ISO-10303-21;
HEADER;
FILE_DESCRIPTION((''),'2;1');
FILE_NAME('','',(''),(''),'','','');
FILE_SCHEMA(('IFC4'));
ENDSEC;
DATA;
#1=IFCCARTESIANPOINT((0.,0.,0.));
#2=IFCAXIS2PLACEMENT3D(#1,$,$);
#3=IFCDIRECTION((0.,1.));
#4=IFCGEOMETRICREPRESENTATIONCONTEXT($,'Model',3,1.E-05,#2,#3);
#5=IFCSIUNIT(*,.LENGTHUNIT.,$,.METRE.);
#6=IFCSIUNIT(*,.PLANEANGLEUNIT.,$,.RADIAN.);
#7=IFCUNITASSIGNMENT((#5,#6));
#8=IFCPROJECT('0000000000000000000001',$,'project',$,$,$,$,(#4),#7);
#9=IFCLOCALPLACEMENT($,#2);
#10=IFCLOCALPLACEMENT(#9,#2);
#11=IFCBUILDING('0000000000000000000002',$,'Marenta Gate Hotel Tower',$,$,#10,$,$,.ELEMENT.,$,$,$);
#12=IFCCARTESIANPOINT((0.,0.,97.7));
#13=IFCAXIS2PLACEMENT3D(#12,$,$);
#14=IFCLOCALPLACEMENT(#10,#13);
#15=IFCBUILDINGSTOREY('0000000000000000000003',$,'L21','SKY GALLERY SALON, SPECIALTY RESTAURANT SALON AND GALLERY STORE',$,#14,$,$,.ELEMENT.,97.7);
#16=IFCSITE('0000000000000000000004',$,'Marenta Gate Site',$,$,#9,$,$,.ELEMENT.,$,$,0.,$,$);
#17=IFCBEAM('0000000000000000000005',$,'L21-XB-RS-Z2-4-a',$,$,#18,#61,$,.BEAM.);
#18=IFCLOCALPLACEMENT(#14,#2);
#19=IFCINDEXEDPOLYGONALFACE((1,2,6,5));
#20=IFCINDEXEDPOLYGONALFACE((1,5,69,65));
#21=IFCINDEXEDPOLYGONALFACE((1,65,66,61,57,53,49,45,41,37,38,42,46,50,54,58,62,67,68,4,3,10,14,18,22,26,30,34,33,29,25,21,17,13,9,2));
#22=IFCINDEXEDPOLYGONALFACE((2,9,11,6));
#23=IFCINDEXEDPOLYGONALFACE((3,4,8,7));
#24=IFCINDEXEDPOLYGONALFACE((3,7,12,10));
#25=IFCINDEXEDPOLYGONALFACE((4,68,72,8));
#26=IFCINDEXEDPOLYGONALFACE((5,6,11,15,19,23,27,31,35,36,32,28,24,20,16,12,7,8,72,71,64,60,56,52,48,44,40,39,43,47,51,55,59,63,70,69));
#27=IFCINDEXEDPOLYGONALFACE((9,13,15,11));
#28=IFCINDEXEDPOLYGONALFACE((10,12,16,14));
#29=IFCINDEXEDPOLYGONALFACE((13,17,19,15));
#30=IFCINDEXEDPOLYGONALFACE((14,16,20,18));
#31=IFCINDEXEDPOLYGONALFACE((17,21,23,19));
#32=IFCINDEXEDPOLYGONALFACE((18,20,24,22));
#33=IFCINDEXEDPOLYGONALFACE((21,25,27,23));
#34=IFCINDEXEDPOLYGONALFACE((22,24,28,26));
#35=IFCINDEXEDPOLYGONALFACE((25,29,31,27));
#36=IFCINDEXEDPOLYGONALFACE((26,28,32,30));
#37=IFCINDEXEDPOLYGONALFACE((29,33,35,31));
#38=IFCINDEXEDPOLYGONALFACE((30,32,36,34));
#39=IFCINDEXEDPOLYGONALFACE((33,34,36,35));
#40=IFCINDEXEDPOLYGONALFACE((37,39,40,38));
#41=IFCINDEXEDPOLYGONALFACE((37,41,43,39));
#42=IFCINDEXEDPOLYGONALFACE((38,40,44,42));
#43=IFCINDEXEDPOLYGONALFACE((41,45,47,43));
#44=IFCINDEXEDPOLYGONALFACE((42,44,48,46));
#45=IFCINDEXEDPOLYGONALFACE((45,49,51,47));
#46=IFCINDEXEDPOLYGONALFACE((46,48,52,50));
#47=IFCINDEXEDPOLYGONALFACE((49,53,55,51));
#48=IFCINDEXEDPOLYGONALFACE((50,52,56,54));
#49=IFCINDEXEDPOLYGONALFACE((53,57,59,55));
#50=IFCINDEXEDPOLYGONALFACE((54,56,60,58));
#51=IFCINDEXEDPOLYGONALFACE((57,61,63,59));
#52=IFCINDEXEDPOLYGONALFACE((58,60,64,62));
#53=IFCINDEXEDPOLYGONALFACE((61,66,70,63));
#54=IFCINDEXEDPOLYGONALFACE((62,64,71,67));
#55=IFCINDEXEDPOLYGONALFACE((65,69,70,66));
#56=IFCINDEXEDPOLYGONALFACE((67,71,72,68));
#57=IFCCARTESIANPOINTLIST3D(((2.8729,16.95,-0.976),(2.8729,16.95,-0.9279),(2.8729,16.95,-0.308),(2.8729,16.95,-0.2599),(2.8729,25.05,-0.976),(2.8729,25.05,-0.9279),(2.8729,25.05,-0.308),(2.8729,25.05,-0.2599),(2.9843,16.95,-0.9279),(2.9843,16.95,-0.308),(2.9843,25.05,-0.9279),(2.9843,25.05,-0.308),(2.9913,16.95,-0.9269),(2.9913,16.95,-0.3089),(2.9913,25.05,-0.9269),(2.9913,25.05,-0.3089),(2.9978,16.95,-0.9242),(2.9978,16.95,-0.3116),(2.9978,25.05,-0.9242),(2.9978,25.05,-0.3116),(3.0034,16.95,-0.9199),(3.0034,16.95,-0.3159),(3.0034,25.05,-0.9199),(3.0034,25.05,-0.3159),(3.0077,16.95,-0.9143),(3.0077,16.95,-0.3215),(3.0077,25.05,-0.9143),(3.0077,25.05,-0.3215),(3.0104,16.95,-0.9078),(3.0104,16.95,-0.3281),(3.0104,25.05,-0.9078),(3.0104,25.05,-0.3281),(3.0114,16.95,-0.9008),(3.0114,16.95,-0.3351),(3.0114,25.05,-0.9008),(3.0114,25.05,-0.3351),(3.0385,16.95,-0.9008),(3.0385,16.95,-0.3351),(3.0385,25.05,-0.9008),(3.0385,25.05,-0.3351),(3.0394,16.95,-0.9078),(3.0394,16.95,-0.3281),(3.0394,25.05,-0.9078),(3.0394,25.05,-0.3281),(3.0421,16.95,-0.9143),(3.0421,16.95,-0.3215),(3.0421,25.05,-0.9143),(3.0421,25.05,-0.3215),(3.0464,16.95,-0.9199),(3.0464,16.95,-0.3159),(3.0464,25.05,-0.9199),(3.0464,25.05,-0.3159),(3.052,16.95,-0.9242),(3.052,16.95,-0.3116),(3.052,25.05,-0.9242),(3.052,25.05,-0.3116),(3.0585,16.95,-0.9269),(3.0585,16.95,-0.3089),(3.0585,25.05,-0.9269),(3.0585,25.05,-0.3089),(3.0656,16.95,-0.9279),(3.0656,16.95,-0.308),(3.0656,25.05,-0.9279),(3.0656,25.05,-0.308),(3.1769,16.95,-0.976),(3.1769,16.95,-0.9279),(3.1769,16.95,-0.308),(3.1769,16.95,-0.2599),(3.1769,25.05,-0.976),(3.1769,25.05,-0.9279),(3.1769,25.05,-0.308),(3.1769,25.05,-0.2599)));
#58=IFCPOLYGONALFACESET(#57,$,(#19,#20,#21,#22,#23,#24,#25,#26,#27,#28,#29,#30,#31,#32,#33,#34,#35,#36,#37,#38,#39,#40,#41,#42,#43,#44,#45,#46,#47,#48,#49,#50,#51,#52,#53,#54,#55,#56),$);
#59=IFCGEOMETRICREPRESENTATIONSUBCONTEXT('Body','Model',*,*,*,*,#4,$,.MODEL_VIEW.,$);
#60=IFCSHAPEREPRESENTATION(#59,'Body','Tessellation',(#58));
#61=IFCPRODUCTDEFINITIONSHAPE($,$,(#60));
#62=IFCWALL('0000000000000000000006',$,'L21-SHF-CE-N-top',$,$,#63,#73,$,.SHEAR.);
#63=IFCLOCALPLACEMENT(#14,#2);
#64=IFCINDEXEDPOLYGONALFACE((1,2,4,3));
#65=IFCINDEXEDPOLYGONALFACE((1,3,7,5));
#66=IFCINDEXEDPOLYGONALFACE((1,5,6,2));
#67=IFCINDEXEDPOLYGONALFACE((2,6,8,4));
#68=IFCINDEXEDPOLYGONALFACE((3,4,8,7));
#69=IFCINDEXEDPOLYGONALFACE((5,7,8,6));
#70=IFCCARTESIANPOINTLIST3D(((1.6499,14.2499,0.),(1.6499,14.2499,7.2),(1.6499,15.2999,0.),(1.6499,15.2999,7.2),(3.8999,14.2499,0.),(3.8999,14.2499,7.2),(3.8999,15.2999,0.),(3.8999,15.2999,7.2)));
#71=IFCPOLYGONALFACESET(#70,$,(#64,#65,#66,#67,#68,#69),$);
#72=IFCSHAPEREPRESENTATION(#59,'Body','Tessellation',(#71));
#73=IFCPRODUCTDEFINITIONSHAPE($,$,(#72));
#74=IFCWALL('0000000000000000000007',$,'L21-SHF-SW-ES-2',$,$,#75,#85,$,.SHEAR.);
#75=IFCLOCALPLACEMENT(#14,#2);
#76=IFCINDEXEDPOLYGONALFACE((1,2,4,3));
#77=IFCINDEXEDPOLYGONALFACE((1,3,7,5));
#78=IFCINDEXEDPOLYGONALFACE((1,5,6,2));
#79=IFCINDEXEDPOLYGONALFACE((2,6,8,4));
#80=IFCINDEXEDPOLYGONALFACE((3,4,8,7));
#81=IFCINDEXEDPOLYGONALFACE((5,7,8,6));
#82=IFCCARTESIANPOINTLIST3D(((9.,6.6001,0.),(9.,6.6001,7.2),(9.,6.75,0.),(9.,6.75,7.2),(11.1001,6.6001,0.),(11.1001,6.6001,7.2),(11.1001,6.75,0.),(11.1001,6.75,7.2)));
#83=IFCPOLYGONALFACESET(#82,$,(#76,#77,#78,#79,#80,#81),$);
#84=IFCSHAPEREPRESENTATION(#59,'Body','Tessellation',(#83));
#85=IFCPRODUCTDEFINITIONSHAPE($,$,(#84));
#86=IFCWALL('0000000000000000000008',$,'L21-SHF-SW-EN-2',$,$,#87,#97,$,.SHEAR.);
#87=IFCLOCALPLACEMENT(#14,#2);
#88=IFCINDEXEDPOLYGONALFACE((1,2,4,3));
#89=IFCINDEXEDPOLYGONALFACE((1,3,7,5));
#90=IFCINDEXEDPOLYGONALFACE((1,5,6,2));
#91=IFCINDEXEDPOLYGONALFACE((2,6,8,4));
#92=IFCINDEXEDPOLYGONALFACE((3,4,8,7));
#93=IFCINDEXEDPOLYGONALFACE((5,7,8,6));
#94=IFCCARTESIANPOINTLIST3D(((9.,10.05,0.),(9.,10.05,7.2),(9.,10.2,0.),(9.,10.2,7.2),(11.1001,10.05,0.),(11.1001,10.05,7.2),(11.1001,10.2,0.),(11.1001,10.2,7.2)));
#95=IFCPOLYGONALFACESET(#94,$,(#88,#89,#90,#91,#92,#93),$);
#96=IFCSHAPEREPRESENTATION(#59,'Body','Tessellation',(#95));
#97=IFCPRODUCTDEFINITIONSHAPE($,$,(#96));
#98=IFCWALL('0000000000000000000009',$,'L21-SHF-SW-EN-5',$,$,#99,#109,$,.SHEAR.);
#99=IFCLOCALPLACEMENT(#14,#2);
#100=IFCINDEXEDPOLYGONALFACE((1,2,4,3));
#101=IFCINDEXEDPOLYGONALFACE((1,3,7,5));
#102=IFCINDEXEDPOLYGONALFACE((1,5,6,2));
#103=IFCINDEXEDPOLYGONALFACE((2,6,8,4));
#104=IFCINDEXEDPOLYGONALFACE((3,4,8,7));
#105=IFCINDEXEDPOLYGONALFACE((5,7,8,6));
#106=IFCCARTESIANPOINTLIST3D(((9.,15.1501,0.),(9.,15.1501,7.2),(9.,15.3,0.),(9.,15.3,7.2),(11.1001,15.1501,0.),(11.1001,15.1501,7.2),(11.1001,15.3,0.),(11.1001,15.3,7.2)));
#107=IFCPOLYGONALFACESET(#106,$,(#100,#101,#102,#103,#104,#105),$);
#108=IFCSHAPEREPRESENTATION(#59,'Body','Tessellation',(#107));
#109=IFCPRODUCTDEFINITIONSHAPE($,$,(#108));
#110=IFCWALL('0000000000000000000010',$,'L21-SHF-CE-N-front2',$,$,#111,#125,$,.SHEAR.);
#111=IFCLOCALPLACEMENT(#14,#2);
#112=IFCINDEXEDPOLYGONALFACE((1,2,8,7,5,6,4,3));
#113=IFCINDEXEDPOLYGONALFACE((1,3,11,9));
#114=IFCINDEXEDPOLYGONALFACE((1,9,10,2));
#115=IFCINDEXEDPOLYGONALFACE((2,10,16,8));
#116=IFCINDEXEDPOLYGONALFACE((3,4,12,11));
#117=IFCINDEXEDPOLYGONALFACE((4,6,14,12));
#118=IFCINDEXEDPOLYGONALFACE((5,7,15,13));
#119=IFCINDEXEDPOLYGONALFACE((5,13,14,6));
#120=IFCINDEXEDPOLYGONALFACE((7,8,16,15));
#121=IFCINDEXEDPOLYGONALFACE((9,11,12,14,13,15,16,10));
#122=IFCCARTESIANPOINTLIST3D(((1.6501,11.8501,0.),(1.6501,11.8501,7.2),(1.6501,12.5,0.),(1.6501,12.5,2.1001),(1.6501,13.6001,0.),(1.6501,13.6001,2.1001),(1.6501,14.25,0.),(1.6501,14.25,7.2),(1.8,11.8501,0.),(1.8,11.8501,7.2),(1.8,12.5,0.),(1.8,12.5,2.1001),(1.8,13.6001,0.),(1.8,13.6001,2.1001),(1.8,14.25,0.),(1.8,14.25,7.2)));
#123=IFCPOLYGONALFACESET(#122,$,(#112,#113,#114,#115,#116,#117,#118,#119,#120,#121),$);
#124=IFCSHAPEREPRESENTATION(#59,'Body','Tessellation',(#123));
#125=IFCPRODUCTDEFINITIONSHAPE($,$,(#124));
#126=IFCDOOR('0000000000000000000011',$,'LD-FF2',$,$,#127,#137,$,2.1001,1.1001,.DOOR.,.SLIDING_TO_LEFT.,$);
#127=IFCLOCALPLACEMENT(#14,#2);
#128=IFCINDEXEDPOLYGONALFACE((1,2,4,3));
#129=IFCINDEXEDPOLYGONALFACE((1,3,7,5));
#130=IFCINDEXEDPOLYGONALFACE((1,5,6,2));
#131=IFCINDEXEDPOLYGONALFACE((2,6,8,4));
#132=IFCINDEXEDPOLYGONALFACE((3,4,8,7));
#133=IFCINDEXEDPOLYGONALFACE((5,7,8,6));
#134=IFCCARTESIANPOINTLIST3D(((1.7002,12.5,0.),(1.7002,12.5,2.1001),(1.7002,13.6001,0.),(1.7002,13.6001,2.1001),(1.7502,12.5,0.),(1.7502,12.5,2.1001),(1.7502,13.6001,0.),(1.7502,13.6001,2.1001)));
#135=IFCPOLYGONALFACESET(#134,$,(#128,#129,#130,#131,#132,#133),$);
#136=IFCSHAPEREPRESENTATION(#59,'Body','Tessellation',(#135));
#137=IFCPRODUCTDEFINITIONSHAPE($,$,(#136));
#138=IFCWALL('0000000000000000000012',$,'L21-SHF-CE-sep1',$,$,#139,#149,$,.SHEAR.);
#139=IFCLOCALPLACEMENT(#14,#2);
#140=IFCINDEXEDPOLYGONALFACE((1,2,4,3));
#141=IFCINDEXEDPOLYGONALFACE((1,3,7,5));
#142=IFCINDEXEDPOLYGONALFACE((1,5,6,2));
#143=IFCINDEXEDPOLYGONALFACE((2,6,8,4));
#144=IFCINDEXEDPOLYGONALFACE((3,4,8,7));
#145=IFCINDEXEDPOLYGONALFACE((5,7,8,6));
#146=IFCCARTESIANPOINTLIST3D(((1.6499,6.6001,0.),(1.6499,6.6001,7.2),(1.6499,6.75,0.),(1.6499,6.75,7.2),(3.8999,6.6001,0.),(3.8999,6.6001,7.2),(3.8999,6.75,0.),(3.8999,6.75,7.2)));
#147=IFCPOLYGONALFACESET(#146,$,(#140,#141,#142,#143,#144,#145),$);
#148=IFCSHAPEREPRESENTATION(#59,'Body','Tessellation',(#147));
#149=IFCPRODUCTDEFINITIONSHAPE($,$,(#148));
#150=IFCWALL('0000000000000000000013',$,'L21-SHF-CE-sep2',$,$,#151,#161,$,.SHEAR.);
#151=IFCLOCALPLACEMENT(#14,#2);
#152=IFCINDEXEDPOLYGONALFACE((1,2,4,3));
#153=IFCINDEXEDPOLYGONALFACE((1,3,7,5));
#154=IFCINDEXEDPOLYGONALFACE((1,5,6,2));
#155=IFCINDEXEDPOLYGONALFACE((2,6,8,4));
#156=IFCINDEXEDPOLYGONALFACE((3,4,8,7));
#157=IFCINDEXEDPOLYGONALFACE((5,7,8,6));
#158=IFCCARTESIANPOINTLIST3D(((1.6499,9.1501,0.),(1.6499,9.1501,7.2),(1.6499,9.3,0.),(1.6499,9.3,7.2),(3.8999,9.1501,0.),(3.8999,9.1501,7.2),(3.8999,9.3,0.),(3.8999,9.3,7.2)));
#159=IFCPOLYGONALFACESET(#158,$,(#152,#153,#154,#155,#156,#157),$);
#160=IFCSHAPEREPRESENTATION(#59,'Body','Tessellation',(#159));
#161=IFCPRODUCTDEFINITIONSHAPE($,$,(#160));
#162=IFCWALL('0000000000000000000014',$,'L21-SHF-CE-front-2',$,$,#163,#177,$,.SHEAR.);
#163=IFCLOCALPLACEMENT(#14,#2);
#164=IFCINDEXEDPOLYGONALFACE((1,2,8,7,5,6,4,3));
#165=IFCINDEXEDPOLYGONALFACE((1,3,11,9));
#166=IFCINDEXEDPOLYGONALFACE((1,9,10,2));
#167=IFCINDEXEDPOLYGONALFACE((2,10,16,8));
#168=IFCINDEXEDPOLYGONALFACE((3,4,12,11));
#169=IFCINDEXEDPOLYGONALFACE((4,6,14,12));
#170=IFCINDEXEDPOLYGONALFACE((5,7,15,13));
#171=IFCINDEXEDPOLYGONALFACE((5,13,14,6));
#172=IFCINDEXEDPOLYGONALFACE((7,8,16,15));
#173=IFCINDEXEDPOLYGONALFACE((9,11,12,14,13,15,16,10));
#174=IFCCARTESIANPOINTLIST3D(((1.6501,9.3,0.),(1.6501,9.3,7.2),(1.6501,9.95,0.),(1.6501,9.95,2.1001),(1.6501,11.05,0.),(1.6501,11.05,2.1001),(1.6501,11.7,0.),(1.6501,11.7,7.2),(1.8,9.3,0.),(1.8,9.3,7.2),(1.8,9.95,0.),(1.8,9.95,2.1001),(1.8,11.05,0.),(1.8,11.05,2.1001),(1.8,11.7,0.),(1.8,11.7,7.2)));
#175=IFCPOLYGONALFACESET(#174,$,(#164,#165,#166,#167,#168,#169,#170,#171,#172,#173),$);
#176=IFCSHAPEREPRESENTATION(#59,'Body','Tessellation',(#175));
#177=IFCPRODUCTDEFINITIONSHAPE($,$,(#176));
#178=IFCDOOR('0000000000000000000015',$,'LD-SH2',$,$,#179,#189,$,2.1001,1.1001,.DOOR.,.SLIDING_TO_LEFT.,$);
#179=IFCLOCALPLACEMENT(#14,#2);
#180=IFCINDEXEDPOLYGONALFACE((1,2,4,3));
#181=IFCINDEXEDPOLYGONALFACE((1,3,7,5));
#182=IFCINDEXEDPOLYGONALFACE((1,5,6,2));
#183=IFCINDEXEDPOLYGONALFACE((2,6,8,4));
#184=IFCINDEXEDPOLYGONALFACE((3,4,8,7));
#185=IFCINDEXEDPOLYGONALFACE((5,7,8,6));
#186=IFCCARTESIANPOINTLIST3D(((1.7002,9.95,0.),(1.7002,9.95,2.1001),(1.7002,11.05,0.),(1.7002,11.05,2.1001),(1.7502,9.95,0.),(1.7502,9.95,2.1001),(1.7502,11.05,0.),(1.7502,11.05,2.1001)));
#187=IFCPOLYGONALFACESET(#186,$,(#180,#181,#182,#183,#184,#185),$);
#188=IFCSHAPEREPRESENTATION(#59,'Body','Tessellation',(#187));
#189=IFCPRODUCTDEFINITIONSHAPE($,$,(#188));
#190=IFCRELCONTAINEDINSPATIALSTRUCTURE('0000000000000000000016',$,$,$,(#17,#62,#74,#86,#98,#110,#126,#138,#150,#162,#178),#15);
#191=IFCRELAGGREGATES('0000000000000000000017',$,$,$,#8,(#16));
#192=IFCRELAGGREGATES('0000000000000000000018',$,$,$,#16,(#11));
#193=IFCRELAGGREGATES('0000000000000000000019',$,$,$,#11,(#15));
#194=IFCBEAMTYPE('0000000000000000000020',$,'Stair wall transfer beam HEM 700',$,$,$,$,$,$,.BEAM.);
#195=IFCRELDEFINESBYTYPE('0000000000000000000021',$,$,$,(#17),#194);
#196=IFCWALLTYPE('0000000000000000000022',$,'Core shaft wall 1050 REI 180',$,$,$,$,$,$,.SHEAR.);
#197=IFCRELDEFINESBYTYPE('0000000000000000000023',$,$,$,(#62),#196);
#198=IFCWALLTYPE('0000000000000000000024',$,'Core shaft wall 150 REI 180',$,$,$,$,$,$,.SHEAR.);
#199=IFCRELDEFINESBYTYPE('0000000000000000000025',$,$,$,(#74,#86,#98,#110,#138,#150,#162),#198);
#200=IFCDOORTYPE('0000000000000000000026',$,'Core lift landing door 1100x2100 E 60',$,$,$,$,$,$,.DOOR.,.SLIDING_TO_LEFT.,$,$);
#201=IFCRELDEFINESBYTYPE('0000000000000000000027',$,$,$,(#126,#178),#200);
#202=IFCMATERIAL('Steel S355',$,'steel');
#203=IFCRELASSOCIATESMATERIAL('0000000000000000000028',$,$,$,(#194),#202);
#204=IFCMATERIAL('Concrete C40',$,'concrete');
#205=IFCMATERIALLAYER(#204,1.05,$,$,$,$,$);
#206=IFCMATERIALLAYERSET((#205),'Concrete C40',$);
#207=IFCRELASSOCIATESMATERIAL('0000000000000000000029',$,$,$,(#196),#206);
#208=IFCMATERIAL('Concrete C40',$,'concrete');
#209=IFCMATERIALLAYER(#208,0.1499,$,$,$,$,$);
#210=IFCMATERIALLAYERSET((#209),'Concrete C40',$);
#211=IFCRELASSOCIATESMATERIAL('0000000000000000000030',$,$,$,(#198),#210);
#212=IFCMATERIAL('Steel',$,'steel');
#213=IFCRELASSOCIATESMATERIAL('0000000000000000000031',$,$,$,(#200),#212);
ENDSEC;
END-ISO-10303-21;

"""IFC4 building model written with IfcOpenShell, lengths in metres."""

from ifc_helpers import new_model, si_unit, direction, frame, frame_2d, origin, origin_2d, place, context, subcontext, project, spatial, rectangle, i_section, extrude, material, layer, layer_set, material_profile, profile_set, type_object, element, fill, save


model = new_model("IFC4")

# Units and contexts
model_context = context("Model", 3, precision=1e-05, world=origin(), true_north=direction((0.0, 1.0)))
body_context = subcontext(model_context, "Body", "Model", "MODEL_VIEW")
ifc_project = project(units=[si_unit("LENGTHUNIT", "METRE"), si_unit("PLANEANGLEUNIT", "RADIAN")], contexts=[model_context])

# Site, building, storey
site_placement = place(None, origin())
site = spatial("IfcSite", under=ifc_project, at=site_placement, Name="Marenta Gate Site", CompositionType="ELEMENT", RefElevation=0.0)
building_placement = place(site_placement, origin())
building = spatial("IfcBuilding", under=site, at=building_placement, Name="Marenta Gate Hotel Tower", CompositionType="ELEMENT")
storey_placement = place(building_placement, frame((0.0, 0.0, 97.7)))
storey = spatial("IfcBuildingStorey", under=building, at=storey_placement, Name="L21", Description="SKY GALLERY SALON, SPECIALTY RESTAURANT SALON AND GALLERY STORE", CompositionType="ELEMENT", Elevation=97.7)

# Beam
ifc_material_1 = material(Name="Steel S355", Category="steel")
ifc_material_profile = material_profile(ifc_material_1, i_section(OverallWidth=0.304, OverallDepth=0.7161, WebThickness=0.0271, FlangeThickness=0.0481, FilletRadius=0.0271, at=origin_2d()), Name="HEM 700")
ifc_profile_set = profile_set([ifc_material_profile], Name="Steel S355")
beam_type = type_object("IfcBeamType", Name="Stair wall transfer beam HEM 700", PredefinedType="BEAM", material=ifc_profile_set)
beam_placement = place(storey_placement, frame((3.0249, 16.95, -0.6179), z_axis=(0.0, 1.0, 0.0), x_axis=(-1.0, 0.0, 0.0)))
element("IfcBeam", 1, at=beam_placement, inside=storey, type_object=beam_type, Name="L21-XB-RS-Z2-4-a", PredefinedType="BEAM", context=body_context, shape_type="SweptSolid", body=[
    extrude(i_section(OverallWidth=0.304, OverallDepth=0.7161, WebThickness=0.0271, FlangeThickness=0.0481, FilletRadius=0.0271, at=origin_2d()), origin(), (0.0, 0.0, 1.0), 8.1001),
])

# Walls
ifc_material_2 = material(Name="Concrete C40", Category="concrete")
ifc_layer_1 = layer(ifc_material_2, 1.05)
ifc_layer_set_1 = layer_set([ifc_layer_1], Name="Concrete C40")
wall_type_1 = type_object("IfcWallType", Name="Core shaft wall 1050 REI 180", PredefinedType="SHEAR", material=ifc_layer_set_1)
wall_1_placement = place(storey_placement, frame((1.6499, 14.7749, 0.0), z_axis=(0.0, 0.0, 1.0), x_axis=(1.0, 0.0, 0.0)))
element("IfcWall", 2, at=wall_1_placement, inside=storey, type_object=wall_type_1, Name="L21-SHF-CE-N-top", PredefinedType="SHEAR", context=body_context, shape_type="SweptSolid", body=[
    extrude(rectangle(XDim=2.25, YDim=1.05, at=frame_2d((1.125, 0.0))), origin(), (0.0, 0.0, 1.0), 7.2),
])
ifc_material_3 = material(Name="Concrete C40", Category="concrete")
ifc_layer_2 = layer(ifc_material_3, 0.1499)
ifc_layer_set_2 = layer_set([ifc_layer_2], Name="Concrete C40")
wall_type_2 = type_object("IfcWallType", Name="Core shaft wall 150 REI 180", PredefinedType="SHEAR", material=ifc_layer_set_2)
for number, where, z_axis, x_axis, name in (
    (3, (9.0, 6.675, 0.0), (0.0, 0.0, 1.0), (1.0, 0.0, 0.0), "L21-SHF-SW-ES-2"),
    (4, (9.0, 10.125, 0.0), (0.0, 0.0, 1.0), (1.0, 0.0, 0.0), "L21-SHF-SW-EN-2"),
    (5, (9.0, 15.2251, 0.0), (0.0, 0.0, 1.0), (1.0, 0.0, 0.0), "L21-SHF-SW-EN-5"),
):
    element("IfcWall", number, at=place(storey_placement, frame(where, z_axis=z_axis, x_axis=x_axis)), inside=storey, type_object=wall_type_2, Name=name, PredefinedType="SHEAR", context=body_context, shape_type="SweptSolid", body=[
        extrude(rectangle(XDim=2.1001, YDim=0.1499, at=frame_2d((1.05, 0.0))), origin(), (0.0, 0.0, 1.0), 7.2),
    ])

# Wall, opening, door
wall_2_placement = place(storey_placement, frame((1.7251, 11.8501, 0.0), z_axis=(0.0, 0.0, 1.0), x_axis=(0.0, 1.0, 0.0)))
wall_2 = element("IfcWall", 6, at=wall_2_placement, inside=storey, type_object=wall_type_2, Name="L21-SHF-CE-N-front2", PredefinedType="SHEAR", context=body_context, shape_type="SweptSolid", body=[
    extrude(rectangle(XDim=2.3999, YDim=0.1499, at=frame_2d((1.2, 0.0))), origin(), (0.0, 0.0, 1.0), 7.2),
])
opening_1_placement = place(wall_2_placement, frame((0.6499, 0.0, 0.0)))
opening_1 = element("IfcOpeningElement", 7, at=opening_1_placement, cuts=wall_2, PredefinedType="OPENING", context=body_context, shape_type="SweptSolid", body=[
    extrude(rectangle(XDim=1.1001, YDim=2.1001, at=frame_2d((0.55, 1.05))), frame((0.0, 0.075, 0.0), z_axis=(0.0, -1.0, 0.0), x_axis=(1.0, 0.0, 0.0)), (0.0, 0.0, 1.0), 0.1499),
])
ifc_material_4 = material(Name="Steel", Category="steel")
door_type_1 = type_object("IfcDoorType", Name="Core lift landing door 1100x2100 E 60", OperationType="SLIDING_TO_LEFT", PredefinedType="DOOR", material=ifc_material_4)
door_1_placement = place(opening_1_placement, origin())
door_1 = element("IfcDoor", 8, at=door_1_placement, inside=storey, type_object=door_type_1, Name="LD-FF2", OperationType="SLIDING_TO_LEFT", OverallHeight=2.1001, OverallWidth=1.1001, PredefinedType="DOOR", context=body_context, shape_type="SweptSolid", body=[
    extrude(rectangle(XDim=1.1001, YDim=2.1001, at=frame_2d((0.55, 1.05))), frame((0.0, 0.0249, 0.0), z_axis=(0.0, -1.0, 0.0), x_axis=(1.0, 0.0, 0.0)), (0.0, 0.0, 1.0), 0.05),
])
fill(opening_1, door_1)

# Walls
for number, where, z_axis, x_axis, name in (
    (9, (1.6499, 6.675, 0.0), (0.0, 0.0, 1.0), (1.0, 0.0, 0.0), "L21-SHF-CE-sep1"),
    (10, (1.6499, 9.2251, 0.0), (0.0, 0.0, 1.0), (1.0, 0.0, 0.0), "L21-SHF-CE-sep2"),
):
    element("IfcWall", number, at=place(storey_placement, frame(where, z_axis=z_axis, x_axis=x_axis)), inside=storey, type_object=wall_type_2, Name=name, PredefinedType="SHEAR", context=body_context, shape_type="SweptSolid", body=[
        extrude(rectangle(XDim=2.25, YDim=0.1499, at=frame_2d((1.125, 0.0))), origin(), (0.0, 0.0, 1.0), 7.2),
    ])

# Wall, opening, door
wall_3_placement = place(storey_placement, frame((1.7251, 9.3, 0.0), z_axis=(0.0, 0.0, 1.0), x_axis=(0.0, 1.0, 0.0)))
wall_3 = element("IfcWall", 11, at=wall_3_placement, inside=storey, type_object=wall_type_2, Name="L21-SHF-CE-front-2", PredefinedType="SHEAR", context=body_context, shape_type="SweptSolid", body=[
    extrude(rectangle(XDim=2.3999, YDim=0.1499, at=frame_2d((1.2, 0.0))), origin(), (0.0, 0.0, 1.0), 7.2),
])
opening_2_placement = place(wall_3_placement, frame((0.6499, 0.0, 0.0)))
opening_2 = element("IfcOpeningElement", 12, at=opening_2_placement, cuts=wall_3, PredefinedType="OPENING", context=body_context, shape_type="SweptSolid", body=[
    extrude(rectangle(XDim=1.1001, YDim=2.1001, at=frame_2d((0.55, 1.05))), frame((0.0, 0.075, 0.0), z_axis=(0.0, -1.0, 0.0), x_axis=(1.0, 0.0, 0.0)), (0.0, 0.0, 1.0), 0.1499),
])
door_2_placement = place(opening_2_placement, origin())
door_2 = element("IfcDoor", 13, at=door_2_placement, inside=storey, type_object=door_type_1, Name="LD-SH2", OperationType="SLIDING_TO_LEFT", OverallHeight=2.1001, OverallWidth=1.1001, PredefinedType="DOOR", context=body_context, shape_type="SweptSolid", body=[
    extrude(rectangle(XDim=1.1001, YDim=2.1001, at=frame_2d((0.55, 1.05))), frame((0.0, 0.0249, 0.0), z_axis=(0.0, -1.0, 0.0), x_axis=(1.0, 0.0, 0.0)), (0.0, 0.0, 1.0), 0.05),
])
fill(opening_2, door_2)

save(model, "model.ifc")
